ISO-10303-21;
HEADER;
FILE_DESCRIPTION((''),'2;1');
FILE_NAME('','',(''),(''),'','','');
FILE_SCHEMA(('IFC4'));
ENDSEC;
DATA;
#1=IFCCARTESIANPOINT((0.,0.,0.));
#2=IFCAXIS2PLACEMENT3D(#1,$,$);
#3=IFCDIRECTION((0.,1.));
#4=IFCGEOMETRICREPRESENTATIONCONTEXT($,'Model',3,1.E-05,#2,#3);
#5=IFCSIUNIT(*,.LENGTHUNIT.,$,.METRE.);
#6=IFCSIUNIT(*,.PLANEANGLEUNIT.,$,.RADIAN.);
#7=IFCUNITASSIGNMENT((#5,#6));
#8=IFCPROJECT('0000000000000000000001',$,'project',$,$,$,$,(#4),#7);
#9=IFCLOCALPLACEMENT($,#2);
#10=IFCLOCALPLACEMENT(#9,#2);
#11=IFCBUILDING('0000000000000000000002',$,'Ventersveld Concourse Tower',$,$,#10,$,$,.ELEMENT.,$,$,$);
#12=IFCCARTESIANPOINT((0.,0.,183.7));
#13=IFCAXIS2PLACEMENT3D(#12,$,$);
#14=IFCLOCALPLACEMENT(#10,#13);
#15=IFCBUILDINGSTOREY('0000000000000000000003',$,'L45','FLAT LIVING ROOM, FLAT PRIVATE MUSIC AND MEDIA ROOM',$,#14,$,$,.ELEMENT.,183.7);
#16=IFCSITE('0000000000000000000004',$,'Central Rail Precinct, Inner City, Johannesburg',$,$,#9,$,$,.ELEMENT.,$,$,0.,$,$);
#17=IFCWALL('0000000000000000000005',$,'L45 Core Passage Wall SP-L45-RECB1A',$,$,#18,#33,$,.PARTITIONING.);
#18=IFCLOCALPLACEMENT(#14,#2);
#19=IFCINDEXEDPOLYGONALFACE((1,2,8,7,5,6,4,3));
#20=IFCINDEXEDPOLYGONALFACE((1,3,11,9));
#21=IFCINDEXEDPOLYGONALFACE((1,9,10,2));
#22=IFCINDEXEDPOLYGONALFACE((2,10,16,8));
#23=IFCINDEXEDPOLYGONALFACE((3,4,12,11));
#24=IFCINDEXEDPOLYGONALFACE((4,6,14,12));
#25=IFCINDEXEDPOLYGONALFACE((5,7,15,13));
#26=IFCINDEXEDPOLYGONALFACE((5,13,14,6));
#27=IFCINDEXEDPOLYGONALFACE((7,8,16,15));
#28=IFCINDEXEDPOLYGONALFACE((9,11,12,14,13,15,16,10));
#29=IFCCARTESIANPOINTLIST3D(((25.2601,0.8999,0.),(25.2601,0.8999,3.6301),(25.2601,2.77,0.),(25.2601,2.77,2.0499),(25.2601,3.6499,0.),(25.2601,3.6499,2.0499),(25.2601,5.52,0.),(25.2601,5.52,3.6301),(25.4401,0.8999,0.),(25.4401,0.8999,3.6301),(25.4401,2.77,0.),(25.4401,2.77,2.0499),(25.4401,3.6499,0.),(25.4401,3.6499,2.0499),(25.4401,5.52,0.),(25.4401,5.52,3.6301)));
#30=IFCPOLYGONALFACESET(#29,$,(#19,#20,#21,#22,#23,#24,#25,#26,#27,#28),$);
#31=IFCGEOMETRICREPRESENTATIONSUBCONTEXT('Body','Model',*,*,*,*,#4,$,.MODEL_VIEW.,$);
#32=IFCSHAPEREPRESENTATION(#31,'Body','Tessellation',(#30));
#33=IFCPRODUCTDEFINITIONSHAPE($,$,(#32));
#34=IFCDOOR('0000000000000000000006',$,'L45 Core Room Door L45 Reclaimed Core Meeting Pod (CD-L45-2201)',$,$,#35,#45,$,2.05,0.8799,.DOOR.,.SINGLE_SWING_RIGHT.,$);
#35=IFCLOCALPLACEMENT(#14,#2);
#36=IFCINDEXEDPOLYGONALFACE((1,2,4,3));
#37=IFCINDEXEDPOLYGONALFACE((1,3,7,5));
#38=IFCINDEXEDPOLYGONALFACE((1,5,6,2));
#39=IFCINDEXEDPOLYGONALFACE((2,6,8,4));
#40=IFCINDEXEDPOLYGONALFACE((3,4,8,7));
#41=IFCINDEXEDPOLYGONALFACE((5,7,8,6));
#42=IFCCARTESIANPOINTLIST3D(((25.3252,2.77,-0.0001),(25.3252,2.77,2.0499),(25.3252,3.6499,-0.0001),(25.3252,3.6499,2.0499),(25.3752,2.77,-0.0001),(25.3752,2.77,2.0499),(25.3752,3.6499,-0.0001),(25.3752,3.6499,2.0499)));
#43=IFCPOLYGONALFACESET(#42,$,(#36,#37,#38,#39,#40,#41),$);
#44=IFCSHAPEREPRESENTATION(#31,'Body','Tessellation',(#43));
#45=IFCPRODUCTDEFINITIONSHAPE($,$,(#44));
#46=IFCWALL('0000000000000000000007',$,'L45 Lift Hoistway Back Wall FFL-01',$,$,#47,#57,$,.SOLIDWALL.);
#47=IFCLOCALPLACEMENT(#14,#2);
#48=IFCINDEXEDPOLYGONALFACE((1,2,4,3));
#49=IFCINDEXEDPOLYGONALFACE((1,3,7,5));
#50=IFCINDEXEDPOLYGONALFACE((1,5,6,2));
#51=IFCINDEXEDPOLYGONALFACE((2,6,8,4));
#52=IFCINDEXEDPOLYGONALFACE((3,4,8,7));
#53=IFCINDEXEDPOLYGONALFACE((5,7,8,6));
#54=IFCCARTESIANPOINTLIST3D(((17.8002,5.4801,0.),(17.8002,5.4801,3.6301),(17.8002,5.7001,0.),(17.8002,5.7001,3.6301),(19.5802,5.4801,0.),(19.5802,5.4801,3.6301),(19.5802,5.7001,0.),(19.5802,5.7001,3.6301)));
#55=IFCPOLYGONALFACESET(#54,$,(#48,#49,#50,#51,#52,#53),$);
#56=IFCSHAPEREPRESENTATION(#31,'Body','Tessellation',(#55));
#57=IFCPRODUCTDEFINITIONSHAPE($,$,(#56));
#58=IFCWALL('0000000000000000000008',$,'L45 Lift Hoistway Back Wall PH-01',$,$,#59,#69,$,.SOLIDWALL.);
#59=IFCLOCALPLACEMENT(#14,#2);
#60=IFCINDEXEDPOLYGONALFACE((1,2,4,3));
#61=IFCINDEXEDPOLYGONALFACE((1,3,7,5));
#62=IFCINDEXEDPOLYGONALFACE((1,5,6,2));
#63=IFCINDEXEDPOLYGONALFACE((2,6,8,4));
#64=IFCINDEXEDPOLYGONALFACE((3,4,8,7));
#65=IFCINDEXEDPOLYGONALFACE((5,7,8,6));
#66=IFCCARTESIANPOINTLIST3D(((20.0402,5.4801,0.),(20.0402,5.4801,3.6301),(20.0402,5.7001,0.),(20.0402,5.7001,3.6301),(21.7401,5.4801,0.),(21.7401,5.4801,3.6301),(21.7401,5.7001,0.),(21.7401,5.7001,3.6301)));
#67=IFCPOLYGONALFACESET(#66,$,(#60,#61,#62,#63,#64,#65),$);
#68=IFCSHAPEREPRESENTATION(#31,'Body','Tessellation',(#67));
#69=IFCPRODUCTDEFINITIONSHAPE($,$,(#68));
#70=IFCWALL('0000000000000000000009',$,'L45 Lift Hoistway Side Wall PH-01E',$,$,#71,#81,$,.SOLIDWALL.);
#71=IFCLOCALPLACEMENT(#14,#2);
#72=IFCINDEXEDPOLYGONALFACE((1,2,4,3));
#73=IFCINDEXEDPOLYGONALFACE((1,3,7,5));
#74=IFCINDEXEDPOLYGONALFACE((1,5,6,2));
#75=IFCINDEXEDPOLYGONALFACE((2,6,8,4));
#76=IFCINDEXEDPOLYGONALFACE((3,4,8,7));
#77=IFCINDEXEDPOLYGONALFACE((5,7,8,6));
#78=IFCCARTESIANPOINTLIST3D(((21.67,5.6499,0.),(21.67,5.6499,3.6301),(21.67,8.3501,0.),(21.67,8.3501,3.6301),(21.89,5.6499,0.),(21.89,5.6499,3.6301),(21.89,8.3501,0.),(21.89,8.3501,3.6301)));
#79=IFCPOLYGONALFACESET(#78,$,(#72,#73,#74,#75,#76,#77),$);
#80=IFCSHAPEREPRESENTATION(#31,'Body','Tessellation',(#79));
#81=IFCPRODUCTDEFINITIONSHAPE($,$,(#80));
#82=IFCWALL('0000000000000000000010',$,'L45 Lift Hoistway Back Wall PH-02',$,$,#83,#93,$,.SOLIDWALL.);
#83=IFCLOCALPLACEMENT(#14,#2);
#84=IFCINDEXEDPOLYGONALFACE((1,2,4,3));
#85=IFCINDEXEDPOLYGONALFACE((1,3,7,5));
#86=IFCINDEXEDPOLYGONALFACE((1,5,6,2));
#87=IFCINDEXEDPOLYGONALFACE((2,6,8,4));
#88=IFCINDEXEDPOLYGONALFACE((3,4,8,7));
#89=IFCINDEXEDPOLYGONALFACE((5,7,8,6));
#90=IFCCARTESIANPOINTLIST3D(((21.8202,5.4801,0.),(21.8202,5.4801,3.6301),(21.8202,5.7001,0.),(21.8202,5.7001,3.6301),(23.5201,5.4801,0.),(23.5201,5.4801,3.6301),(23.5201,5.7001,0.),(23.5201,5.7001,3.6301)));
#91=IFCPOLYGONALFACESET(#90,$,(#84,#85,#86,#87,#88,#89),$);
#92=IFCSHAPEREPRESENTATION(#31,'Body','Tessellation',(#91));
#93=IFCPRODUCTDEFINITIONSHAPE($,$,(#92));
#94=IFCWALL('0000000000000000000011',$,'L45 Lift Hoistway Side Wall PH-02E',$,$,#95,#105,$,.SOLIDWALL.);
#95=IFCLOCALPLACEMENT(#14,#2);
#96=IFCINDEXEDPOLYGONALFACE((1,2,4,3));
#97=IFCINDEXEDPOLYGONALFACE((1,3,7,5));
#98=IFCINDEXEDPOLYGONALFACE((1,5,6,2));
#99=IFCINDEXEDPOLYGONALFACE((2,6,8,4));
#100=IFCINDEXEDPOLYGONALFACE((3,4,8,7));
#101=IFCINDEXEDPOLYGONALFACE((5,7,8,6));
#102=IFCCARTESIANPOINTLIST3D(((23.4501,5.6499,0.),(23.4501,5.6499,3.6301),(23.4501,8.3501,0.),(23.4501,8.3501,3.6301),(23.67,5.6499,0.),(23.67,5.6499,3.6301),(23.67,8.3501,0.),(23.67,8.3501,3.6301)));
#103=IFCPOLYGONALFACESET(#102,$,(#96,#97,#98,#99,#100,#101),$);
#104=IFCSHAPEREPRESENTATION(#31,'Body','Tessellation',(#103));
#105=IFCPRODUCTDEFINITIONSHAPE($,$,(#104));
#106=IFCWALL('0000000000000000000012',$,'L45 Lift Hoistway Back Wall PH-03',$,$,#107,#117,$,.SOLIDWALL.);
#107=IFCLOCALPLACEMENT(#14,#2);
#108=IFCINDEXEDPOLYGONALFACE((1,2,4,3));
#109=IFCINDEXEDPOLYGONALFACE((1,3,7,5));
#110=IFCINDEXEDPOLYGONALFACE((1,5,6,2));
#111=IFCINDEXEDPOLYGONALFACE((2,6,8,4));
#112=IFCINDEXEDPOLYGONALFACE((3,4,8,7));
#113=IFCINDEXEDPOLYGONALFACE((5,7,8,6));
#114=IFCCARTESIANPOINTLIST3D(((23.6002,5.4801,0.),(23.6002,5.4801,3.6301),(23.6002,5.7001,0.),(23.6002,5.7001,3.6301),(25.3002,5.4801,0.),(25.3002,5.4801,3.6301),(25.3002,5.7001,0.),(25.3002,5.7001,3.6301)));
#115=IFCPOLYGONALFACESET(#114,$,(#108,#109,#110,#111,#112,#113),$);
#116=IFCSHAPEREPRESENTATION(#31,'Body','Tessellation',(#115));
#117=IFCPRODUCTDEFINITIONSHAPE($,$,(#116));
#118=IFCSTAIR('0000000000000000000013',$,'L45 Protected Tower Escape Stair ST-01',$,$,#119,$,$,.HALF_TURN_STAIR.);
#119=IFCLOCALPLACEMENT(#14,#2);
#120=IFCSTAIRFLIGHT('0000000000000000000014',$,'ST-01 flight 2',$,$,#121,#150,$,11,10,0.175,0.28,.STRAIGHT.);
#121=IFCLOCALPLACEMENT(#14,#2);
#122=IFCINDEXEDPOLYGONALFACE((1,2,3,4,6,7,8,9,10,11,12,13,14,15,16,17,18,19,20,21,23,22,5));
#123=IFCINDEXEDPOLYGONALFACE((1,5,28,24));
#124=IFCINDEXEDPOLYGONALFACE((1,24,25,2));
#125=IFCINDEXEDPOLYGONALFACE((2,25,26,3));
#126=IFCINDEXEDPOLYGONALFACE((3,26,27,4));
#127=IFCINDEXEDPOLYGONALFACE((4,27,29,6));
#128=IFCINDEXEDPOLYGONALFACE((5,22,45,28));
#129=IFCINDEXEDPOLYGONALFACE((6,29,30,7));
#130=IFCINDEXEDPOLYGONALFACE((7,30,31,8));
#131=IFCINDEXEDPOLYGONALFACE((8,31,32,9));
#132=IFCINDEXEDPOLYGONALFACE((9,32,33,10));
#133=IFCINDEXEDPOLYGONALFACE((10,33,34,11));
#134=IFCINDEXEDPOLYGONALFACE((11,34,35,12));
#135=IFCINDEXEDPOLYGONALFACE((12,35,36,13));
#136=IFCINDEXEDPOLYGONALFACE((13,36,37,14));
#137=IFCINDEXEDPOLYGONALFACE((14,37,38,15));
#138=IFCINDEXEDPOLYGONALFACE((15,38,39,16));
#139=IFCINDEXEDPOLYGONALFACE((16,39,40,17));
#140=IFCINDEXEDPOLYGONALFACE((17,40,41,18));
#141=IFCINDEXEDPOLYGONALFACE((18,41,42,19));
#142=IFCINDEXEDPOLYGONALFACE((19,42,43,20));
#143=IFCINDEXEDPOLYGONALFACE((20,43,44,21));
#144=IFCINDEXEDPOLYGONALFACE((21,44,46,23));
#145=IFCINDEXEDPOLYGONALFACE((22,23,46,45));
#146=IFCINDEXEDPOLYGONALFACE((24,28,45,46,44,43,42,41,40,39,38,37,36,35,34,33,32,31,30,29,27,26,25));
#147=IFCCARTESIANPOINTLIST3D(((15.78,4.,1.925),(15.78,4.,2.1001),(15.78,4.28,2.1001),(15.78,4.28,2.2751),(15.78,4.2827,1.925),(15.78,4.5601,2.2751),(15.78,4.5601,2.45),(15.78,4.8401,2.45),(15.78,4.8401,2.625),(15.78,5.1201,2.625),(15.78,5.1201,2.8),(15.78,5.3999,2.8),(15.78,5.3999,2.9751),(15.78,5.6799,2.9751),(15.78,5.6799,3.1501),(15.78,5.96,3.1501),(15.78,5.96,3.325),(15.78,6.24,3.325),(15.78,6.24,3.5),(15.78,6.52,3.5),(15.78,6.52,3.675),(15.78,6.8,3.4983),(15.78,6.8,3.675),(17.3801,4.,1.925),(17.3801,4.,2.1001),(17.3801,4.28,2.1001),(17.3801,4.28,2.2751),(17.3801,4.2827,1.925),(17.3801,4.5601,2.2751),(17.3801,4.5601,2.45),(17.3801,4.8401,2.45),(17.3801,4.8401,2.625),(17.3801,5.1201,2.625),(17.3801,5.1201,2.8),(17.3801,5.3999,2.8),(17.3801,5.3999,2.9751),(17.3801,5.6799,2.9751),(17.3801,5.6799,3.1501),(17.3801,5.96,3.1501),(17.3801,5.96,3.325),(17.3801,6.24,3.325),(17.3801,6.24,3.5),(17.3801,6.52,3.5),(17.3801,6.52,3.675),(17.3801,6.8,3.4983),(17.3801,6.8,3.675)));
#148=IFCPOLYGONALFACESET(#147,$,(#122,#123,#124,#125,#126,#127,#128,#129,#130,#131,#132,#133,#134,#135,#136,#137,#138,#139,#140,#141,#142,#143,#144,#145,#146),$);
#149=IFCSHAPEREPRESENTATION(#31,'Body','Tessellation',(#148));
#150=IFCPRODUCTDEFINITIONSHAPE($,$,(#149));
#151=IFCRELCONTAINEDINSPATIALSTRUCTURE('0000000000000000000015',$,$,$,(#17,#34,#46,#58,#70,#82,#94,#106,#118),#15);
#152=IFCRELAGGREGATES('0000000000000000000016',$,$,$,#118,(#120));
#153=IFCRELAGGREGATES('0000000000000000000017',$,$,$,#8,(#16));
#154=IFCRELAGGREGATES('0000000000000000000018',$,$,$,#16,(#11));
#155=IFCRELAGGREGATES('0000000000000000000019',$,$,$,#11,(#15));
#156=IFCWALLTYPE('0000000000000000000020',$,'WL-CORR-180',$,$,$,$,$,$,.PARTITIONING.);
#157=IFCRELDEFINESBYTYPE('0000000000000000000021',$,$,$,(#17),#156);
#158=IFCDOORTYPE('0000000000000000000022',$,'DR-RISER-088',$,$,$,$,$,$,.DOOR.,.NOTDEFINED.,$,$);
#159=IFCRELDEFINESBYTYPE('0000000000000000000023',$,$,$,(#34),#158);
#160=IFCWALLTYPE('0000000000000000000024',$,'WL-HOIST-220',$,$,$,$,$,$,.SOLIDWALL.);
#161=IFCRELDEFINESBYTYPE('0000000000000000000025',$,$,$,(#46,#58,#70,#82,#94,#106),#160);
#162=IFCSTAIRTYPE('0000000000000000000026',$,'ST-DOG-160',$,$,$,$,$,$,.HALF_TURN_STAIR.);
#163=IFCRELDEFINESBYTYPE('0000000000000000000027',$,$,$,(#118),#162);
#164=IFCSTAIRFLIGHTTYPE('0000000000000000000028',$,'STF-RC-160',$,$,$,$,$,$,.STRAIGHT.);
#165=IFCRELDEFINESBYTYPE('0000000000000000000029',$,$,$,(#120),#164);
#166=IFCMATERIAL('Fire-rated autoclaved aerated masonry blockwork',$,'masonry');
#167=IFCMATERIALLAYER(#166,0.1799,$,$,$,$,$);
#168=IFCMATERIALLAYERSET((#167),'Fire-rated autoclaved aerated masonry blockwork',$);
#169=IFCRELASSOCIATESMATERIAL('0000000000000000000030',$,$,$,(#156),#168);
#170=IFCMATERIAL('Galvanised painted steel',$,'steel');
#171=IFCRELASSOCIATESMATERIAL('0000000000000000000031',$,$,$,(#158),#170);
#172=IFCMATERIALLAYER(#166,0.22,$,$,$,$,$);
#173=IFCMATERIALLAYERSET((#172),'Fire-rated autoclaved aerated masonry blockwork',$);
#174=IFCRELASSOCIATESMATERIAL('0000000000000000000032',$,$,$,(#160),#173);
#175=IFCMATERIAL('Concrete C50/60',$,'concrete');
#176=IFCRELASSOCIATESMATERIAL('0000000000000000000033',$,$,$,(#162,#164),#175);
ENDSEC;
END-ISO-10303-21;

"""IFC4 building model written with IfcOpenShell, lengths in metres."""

from ifc_helpers import new_model, si_unit, direction, frame, frame_2d, origin, place, context, subcontext, project, spatial, polyline, rectangle, outline, extrude, material, layer, layer_set, type_object, element, fill, aggregate, save


model = new_model("IFC4")

# Units and contexts
model_context = context("Model", 3, precision=1e-05, world=origin(), true_north=direction((0.0, 1.0)))
body_context = subcontext(model_context, "Body", "Model", "MODEL_VIEW")
ifc_project = project(units=[si_unit("LENGTHUNIT", "METRE"), si_unit("PLANEANGLEUNIT", "RADIAN")], contexts=[model_context])

# Site, building, storey
site_placement = place(None, origin())
site = spatial("IfcSite", under=ifc_project, at=site_placement, Name="Central Rail Precinct, Inner City, Johannesburg", CompositionType="ELEMENT", RefElevation=0.0)
building_placement = place(site_placement, origin())
building = spatial("IfcBuilding", under=site, at=building_placement, Name="Ventersveld Concourse Tower", CompositionType="ELEMENT")
storey_placement = place(building_placement, frame((0.0, 0.0, 183.7)))
storey = spatial("IfcBuildingStorey", under=building, at=storey_placement, Name="L45", Description="FLAT LIVING ROOM, FLAT PRIVATE MUSIC AND MEDIA ROOM", CompositionType="ELEMENT", Elevation=183.7)

# Shared definitions
ifc_material_1 = material(Name="Concrete C50/60", Category="concrete")

# Wall, opening, door
ifc_material_2 = material(Name="Fire-rated autoclaved aerated masonry blockwork", Category="masonry")
ifc_layer_1 = layer(ifc_material_2, 0.1799)
ifc_layer_set_1 = layer_set([ifc_layer_1], Name="Fire-rated autoclaved aerated masonry blockwork")
wall_type_1 = type_object("IfcWallType", Name="WL-CORR-180", PredefinedType="PARTITIONING", material=ifc_layer_set_1)
wall_1_placement = place(storey_placement, frame((25.3501, 0.8999, 0.0), z_axis=(0.0, 0.0, 1.0), x_axis=(0.0, 1.0, 0.0)))
wall_1 = element("IfcWall", 1, at=wall_1_placement, inside=storey, type_object=wall_type_1, Name="L45 Core Passage Wall SP-L45-RECB1A", PredefinedType="PARTITIONING", context=body_context, shape_type="SweptSolid", body=[
    extrude(rectangle(XDim=4.6201, YDim=0.1799, at=frame_2d((2.3101, 0.0))), origin(), (0.0, 0.0, 1.0), 3.6301),
])
opening_placement = place(wall_1_placement, frame((1.8701, 0.0, 0.0)))
opening = element("IfcOpeningElement", 2, at=opening_placement, cuts=wall_1, PredefinedType="OPENING", context=body_context, shape_type="SweptSolid", body=[
    extrude(rectangle(XDim=0.8799, YDim=2.05, at=frame_2d((0.4399, 1.0249))), frame((0.0, 0.1001, 0.0), z_axis=(0.0, -1.0, 0.0), x_axis=(1.0, 0.0, 0.0)), (0.0, 0.0, 1.0), 0.2),
])
ifc_material_3 = material(Name="Galvanised painted steel", Category="steel")
door_type = type_object("IfcDoorType", Name="DR-RISER-088", OperationType="NOTDEFINED", PredefinedType="DOOR", material=ifc_material_3)
door_placement = place(opening_placement, origin())
door = element("IfcDoor", 3, at=door_placement, inside=storey, type_object=door_type, Name="L45 Core Room Door L45 Reclaimed Core Meeting Pod (CD-L45-2201)", OperationType="SINGLE_SWING_RIGHT", OverallHeight=2.05, OverallWidth=0.8799, PredefinedType="DOOR", context=body_context, shape_type="SweptSolid", body=[
    extrude(rectangle(XDim=0.8799, YDim=2.05, at=frame_2d((0.4399, 1.0249))), frame((0.0, 0.0249, 0.0), z_axis=(0.0, -1.0, 0.0), x_axis=(1.0, 0.0, 0.0)), (0.0, 0.0, 1.0), 0.05),
])
fill(opening, door)

# Walls
ifc_layer_2 = layer(ifc_material_2, 0.22)
ifc_layer_set_2 = layer_set([ifc_layer_2], Name="Fire-rated autoclaved aerated masonry blockwork")
wall_type_2 = type_object("IfcWallType", Name="WL-HOIST-220", PredefinedType="SOLIDWALL", material=ifc_layer_set_2)
wall_2_placement = place(storey_placement, frame((17.8, 5.5901, 0.0), z_axis=(0.0, 0.0, 1.0), x_axis=(1.0, 0.0, 0.0)))
element("IfcWall", 4, at=wall_2_placement, inside=storey, type_object=wall_type_2, Name="L45 Lift Hoistway Back Wall FFL-01", PredefinedType="SOLIDWALL", context=body_context, shape_type="SweptSolid", body=[
    extrude(rectangle(XDim=1.78, YDim=0.22, at=frame_2d((0.8901, 0.0))), origin(), (0.0, 0.0, 1.0), 3.6301),
])
wall_3_placement = place(storey_placement, frame((20.04, 5.5901, 0.0), z_axis=(0.0, 0.0, 1.0), x_axis=(1.0, 0.0, 0.0)))
element("IfcWall", 5, at=wall_3_placement, inside=storey, type_object=wall_type_2, Name="L45 Lift Hoistway Back Wall PH-01", PredefinedType="SOLIDWALL", context=body_context, shape_type="SweptSolid", body=[
    extrude(rectangle(XDim=1.7, YDim=0.22, at=frame_2d((0.8501, 0.0))), origin(), (0.0, 0.0, 1.0), 3.6301),
])
wall_4_placement = place(storey_placement, frame((21.78, 5.6499, 0.0), z_axis=(0.0, 0.0, 1.0), x_axis=(0.0, 1.0, 0.0)))
element("IfcWall", 6, at=wall_4_placement, inside=storey, type_object=wall_type_2, Name="L45 Lift Hoistway Side Wall PH-01E", PredefinedType="SOLIDWALL", context=body_context, shape_type="SweptSolid", body=[
    extrude(rectangle(XDim=2.7002, YDim=0.22, at=frame_2d((1.3501, 0.0))), origin(), (0.0, 0.0, 1.0), 3.6301),
])
wall_5_placement = place(storey_placement, frame((21.8201, 5.5901, 0.0), z_axis=(0.0, 0.0, 1.0), x_axis=(1.0, 0.0, 0.0)))
element("IfcWall", 7, at=wall_5_placement, inside=storey, type_object=wall_type_2, Name="L45 Lift Hoistway Back Wall PH-02", PredefinedType="SOLIDWALL", context=body_context, shape_type="SweptSolid", body=[
    extrude(rectangle(XDim=1.7, YDim=0.22, at=frame_2d((0.8501, 0.0))), origin(), (0.0, 0.0, 1.0), 3.6301),
])
wall_6_placement = place(storey_placement, frame((23.5601, 5.6499, 0.0), z_axis=(0.0, 0.0, 1.0), x_axis=(0.0, 1.0, 0.0)))
element("IfcWall", 8, at=wall_6_placement, inside=storey, type_object=wall_type_2, Name="L45 Lift Hoistway Side Wall PH-02E", PredefinedType="SOLIDWALL", context=body_context, shape_type="SweptSolid", body=[
    extrude(rectangle(XDim=2.7002, YDim=0.22, at=frame_2d((1.3501, 0.0))), origin(), (0.0, 0.0, 1.0), 3.6301),
])
wall_7_placement = place(storey_placement, frame((23.6001, 5.5901, 0.0), z_axis=(0.0, 0.0, 1.0), x_axis=(1.0, 0.0, 0.0)))
element("IfcWall", 9, at=wall_7_placement, inside=storey, type_object=wall_type_2, Name="L45 Lift Hoistway Back Wall PH-03", PredefinedType="SOLIDWALL", context=body_context, shape_type="SweptSolid", body=[
    extrude(rectangle(XDim=1.7, YDim=0.22, at=frame_2d((0.8501, 0.0))), origin(), (0.0, 0.0, 1.0), 3.6301),
])

# Stair, stair flight
stair_type = type_object("IfcStairType", Name="ST-DOG-160", PredefinedType="HALF_TURN_STAIR", material=ifc_material_1)
stair_placement = place(storey_placement, origin())
stair = element("IfcStair", 10, at=stair_placement, inside=storey, type_object=stair_type, Name="L45 Protected Tower Escape Stair ST-01", PredefinedType="HALF_TURN_STAIR")
stair_flight_type = type_object("IfcStairFlightType", Name="STF-RC-160", PredefinedType="STRAIGHT", material=ifc_material_1)
stair_flight_placement = place(storey_placement, frame((16.5801, 4.0, 1.925), z_axis=(0.0, 0.0, 1.0), x_axis=(0.0, 1.0, 0.0)))
stair_flight = element("IfcStairFlight", 11, at=stair_flight_placement, type_object=stair_flight_type, Name="ST-01 flight 2", NumberOfRisers=11, NumberOfTreads=10, PredefinedType="STRAIGHT", RiserHeight=0.175, TreadLength=0.28, context=body_context, shape_type="SweptSolid", body=[
    extrude(outline(polyline([(0.0, 0.0), (0.0, 0.175), (0.28, 0.175), (0.28, 0.3501), (0.5601, 0.3501), (0.5601, 0.5249), (0.8401, 0.5249), (0.8401, 0.7), (1.1201, 0.7), (1.1201, 0.875), (1.3999, 0.875), (1.3999, 1.05), (1.6799, 1.05), (1.6799, 1.2251), (1.96, 1.2251), (1.96, 1.3999), (2.24, 1.3999), (2.24, 1.575), (2.52, 1.575), (2.52, 1.75), (2.8, 1.75), (2.8, 1.925), (2.8, 1.5732), (0.2827, 0.0), (0.0, 0.0)])), frame((0.0, 0.8, 0.0), z_axis=(0.0, -1.0, 0.0), x_axis=(1.0, 0.0, 0.0)), (0.0, 0.0, 1.0), 1.6001),
])
aggregate(stair, [stair_flight])

save(model, "model.ifc")
